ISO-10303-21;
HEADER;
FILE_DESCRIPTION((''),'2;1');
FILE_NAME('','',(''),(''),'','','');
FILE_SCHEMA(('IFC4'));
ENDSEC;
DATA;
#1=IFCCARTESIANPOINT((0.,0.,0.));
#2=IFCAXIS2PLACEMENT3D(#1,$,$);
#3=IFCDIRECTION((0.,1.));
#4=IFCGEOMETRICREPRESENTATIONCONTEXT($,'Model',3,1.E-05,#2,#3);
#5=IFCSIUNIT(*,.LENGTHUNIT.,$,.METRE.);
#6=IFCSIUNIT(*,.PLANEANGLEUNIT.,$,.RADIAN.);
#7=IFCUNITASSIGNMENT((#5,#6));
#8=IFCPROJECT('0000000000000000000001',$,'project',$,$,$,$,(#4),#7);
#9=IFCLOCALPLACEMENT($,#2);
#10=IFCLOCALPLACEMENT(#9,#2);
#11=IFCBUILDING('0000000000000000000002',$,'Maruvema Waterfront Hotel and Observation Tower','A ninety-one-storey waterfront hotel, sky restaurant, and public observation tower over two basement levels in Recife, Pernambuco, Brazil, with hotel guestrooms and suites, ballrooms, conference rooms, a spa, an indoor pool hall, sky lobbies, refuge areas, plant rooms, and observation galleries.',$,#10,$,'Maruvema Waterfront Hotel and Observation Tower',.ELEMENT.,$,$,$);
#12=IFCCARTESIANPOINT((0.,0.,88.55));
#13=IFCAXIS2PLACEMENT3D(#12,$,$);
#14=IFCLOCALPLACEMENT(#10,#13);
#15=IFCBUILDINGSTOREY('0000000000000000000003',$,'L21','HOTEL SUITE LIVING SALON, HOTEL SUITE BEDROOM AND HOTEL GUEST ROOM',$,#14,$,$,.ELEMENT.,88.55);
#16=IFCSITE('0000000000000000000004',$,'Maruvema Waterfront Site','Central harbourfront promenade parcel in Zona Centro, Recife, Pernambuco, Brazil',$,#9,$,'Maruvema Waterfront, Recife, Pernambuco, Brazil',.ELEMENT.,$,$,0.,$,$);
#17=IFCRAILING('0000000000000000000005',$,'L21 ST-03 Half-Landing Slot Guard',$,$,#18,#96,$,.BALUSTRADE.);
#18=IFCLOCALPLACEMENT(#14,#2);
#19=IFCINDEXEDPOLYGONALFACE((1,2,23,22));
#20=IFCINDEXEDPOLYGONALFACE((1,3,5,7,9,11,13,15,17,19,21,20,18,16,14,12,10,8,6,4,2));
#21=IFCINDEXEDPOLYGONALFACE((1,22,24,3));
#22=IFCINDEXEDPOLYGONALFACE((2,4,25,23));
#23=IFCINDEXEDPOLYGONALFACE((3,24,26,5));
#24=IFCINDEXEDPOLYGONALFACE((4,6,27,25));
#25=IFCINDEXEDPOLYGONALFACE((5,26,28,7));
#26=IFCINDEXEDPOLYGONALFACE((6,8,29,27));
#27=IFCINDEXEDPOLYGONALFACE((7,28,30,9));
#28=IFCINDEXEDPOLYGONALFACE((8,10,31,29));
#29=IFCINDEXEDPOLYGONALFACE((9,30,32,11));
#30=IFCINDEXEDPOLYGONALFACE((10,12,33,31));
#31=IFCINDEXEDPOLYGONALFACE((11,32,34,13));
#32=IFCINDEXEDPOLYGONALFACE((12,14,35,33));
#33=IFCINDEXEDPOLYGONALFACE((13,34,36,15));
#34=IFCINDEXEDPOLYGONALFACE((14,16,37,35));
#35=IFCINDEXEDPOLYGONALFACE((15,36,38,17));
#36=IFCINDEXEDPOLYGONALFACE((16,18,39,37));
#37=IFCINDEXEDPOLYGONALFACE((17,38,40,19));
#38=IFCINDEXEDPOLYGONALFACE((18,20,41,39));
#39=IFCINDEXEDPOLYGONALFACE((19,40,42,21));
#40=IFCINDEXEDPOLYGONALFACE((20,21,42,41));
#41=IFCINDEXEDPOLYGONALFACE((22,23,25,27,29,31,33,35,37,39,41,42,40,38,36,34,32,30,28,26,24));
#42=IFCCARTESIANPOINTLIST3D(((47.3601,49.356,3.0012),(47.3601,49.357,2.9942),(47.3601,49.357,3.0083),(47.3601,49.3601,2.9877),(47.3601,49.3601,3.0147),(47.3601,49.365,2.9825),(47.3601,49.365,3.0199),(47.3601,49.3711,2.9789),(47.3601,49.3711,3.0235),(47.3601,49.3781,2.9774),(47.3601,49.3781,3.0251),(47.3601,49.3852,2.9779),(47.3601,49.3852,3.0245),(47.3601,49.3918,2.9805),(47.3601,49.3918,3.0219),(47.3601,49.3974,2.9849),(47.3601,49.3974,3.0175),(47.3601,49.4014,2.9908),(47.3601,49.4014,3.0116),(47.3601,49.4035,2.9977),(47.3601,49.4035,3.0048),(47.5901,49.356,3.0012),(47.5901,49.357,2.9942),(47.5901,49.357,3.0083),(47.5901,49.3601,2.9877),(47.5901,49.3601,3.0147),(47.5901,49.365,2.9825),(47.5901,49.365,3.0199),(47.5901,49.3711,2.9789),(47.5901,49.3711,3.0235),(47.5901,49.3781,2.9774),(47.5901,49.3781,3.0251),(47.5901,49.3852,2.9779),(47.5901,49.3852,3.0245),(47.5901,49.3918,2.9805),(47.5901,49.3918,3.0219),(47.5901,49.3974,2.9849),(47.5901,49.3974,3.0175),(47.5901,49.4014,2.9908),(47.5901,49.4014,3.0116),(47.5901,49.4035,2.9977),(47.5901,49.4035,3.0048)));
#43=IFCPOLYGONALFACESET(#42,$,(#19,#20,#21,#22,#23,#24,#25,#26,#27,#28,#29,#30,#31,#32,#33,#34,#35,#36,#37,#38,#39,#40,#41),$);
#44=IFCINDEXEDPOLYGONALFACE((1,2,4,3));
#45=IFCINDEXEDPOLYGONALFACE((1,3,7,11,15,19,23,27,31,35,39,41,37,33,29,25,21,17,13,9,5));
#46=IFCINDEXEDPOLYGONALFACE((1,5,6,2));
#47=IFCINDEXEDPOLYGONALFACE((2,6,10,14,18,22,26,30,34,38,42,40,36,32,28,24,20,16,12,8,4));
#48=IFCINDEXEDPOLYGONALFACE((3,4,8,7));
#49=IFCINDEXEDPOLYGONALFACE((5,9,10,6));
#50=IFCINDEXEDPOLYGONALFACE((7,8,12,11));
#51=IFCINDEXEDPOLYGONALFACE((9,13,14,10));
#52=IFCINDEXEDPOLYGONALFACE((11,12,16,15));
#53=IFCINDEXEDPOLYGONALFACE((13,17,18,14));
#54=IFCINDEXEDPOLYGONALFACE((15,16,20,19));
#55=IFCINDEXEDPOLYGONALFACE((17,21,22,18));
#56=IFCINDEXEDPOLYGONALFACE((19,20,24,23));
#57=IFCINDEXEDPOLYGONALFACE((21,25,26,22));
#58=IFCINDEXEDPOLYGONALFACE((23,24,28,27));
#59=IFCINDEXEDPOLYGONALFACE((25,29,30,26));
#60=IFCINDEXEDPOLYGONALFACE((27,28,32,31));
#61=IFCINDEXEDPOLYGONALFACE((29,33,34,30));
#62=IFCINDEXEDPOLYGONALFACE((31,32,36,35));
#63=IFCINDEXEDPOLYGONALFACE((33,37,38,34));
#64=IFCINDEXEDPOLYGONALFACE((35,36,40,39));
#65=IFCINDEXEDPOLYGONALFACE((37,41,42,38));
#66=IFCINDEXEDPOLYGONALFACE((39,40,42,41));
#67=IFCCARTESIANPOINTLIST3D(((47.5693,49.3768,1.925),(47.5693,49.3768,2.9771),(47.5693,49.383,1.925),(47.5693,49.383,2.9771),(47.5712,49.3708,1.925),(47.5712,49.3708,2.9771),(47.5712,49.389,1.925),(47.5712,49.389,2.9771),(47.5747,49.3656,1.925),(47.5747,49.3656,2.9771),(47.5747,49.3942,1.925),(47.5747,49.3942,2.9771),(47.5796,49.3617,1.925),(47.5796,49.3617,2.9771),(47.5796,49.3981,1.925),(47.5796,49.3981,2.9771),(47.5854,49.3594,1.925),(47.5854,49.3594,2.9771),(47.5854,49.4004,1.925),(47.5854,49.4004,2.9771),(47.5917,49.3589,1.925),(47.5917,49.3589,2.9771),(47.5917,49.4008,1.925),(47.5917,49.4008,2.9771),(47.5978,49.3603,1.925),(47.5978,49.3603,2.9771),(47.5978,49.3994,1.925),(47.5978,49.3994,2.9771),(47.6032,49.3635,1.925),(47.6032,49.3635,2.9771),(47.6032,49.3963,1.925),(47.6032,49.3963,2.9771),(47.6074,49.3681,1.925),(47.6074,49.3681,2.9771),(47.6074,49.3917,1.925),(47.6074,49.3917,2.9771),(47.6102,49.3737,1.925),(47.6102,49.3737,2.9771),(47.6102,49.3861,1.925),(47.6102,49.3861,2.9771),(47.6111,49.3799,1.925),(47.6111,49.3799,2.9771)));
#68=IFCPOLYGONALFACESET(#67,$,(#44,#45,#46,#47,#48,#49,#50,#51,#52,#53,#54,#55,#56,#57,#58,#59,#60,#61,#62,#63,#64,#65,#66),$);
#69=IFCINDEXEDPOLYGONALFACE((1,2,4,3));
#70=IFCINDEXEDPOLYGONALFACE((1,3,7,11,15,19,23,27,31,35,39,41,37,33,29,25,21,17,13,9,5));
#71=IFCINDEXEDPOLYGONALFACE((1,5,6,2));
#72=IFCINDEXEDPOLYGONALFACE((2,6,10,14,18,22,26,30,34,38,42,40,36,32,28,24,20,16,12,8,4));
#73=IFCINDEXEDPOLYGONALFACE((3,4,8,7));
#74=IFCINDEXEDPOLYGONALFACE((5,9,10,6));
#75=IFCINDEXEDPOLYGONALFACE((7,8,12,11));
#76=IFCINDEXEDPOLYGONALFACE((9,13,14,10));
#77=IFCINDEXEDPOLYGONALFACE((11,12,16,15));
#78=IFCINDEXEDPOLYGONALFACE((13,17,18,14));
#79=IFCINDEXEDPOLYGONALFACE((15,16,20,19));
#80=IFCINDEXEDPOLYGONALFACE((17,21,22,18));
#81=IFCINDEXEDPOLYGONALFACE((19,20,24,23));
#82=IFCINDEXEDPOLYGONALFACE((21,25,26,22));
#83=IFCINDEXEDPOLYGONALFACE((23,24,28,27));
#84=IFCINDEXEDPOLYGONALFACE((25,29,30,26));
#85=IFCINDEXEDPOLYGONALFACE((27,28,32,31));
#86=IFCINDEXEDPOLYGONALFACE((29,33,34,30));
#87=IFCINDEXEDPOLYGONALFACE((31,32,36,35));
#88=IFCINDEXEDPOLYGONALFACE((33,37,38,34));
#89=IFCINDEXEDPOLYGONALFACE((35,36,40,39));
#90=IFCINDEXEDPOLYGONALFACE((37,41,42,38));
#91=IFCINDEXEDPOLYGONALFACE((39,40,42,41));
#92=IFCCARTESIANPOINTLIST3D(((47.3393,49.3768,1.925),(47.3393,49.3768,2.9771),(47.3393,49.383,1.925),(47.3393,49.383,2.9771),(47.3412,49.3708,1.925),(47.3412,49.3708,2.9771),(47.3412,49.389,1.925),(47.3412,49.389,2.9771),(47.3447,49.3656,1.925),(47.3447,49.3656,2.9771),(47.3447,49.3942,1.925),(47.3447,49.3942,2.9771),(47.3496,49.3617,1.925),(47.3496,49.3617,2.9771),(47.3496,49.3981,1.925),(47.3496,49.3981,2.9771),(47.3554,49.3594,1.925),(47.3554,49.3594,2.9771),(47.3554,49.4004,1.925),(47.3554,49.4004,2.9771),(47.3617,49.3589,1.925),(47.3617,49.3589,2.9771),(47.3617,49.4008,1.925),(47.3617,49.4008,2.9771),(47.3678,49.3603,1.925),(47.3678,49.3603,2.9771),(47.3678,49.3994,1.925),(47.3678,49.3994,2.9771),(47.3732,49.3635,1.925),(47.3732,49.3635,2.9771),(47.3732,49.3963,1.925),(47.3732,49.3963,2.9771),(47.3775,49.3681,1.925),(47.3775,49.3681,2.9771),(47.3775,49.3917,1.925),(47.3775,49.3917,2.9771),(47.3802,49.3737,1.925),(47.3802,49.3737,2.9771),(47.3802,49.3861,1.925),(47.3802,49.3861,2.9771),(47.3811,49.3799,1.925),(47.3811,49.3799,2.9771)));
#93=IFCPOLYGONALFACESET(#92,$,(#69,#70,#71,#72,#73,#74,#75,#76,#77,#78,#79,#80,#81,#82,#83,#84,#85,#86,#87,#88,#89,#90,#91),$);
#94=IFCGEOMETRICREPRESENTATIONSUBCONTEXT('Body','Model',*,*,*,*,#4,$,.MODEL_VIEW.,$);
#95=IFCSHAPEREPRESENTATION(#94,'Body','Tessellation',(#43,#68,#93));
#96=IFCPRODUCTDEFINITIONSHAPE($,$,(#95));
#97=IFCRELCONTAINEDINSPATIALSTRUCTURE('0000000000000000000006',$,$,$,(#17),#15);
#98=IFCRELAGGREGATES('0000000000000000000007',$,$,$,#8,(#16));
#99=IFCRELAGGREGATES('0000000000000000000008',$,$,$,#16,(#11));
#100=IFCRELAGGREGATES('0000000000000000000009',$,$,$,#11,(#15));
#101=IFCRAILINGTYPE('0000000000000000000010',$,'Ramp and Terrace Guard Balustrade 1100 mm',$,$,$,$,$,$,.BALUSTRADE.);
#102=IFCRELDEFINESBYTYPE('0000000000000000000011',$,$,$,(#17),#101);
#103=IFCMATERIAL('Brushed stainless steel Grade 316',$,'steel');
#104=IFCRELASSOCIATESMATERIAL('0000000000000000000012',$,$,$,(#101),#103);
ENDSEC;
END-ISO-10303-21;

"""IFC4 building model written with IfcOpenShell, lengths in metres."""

from ifc_helpers import new_model, si_unit, direction, frame, origin, origin_2d, place, context, subcontext, project, spatial, circle, extrude, material, type_object, element, save


model = new_model("IFC4")

# Units and contexts
model_context = context("Model", 3, precision=1e-05, world=origin(), true_north=direction((0.0, 1.0)))
body_context = subcontext(model_context, "Body", "Model", "MODEL_VIEW")
ifc_project = project(units=[si_unit("LENGTHUNIT", "METRE"), si_unit("PLANEANGLEUNIT", "RADIAN")], contexts=[model_context])

# Site, building, storey
site_placement = place(None, origin())
site = spatial("IfcSite", under=ifc_project, at=site_placement, Name="Maruvema Waterfront Site", Description="Central harbourfront promenade parcel in Zona Centro, Recife, Pernambuco, Brazil", LongName="Maruvema Waterfront, Recife, Pernambuco, Brazil", CompositionType="ELEMENT", RefElevation=0.0)
building_placement = place(site_placement, origin())
building = spatial("IfcBuilding", under=site, at=building_placement, Name="Maruvema Waterfront Hotel and Observation Tower", Description="A ninety-one-storey waterfront hotel, sky restaurant, and public observation tower over two basement levels in Recife, Pernambuco, Brazil, with hotel guestrooms and suites, ballrooms, conference rooms, a spa, an indoor pool hall, sky lobbies, refuge areas, plant rooms, and observation galleries.", LongName="Maruvema Waterfront Hotel and Observation Tower", CompositionType="ELEMENT")
storey_placement = place(building_placement, frame((0.0, 0.0, 88.55)))
storey = spatial("IfcBuildingStorey", under=building, at=storey_placement, Name="L21", Description="HOTEL SUITE LIVING SALON, HOTEL SUITE BEDROOM AND HOTEL GUEST ROOM", CompositionType="ELEMENT", Elevation=88.55)

# Railing
ifc_material_1 = material(Name="Brushed stainless steel Grade 316", Category="steel")
railing_type_1 = type_object("IfcRailingType", Name="Ramp and Terrace Guard Balustrade 1100 mm", PredefinedType="BALUSTRADE", material=ifc_material_1)
railing_1_placement = place(storey_placement, frame((47.5901, 49.3799, 1.925)))
element("IfcRailing", 1, at=railing_1_placement, inside=storey, type_object=railing_type_1, Name="L21 ST-03 Half-Landing Slot Guard", PredefinedType="BALUSTRADE", context=body_context, shape_type="SweptSolid", body=[
    extrude(circle(Radius=0.0239, at=origin_2d()), frame((0.0, 0.0, 1.0762), z_axis=(-1.0, 0.0, 0.0), x_axis=(0.0, -1.0, 0.0)), (0.0, 0.0, 1.0), 0.23),
    extrude(circle(Radius=0.021, at=origin_2d()), origin(), (0.0, 0.0, 1.0), 1.052),
    extrude(circle(Radius=0.021, at=origin_2d()), frame((-0.23, 0.0, 0.0)), (0.0, 0.0, 1.0), 1.052),
])

save(model, "model.ifc")
